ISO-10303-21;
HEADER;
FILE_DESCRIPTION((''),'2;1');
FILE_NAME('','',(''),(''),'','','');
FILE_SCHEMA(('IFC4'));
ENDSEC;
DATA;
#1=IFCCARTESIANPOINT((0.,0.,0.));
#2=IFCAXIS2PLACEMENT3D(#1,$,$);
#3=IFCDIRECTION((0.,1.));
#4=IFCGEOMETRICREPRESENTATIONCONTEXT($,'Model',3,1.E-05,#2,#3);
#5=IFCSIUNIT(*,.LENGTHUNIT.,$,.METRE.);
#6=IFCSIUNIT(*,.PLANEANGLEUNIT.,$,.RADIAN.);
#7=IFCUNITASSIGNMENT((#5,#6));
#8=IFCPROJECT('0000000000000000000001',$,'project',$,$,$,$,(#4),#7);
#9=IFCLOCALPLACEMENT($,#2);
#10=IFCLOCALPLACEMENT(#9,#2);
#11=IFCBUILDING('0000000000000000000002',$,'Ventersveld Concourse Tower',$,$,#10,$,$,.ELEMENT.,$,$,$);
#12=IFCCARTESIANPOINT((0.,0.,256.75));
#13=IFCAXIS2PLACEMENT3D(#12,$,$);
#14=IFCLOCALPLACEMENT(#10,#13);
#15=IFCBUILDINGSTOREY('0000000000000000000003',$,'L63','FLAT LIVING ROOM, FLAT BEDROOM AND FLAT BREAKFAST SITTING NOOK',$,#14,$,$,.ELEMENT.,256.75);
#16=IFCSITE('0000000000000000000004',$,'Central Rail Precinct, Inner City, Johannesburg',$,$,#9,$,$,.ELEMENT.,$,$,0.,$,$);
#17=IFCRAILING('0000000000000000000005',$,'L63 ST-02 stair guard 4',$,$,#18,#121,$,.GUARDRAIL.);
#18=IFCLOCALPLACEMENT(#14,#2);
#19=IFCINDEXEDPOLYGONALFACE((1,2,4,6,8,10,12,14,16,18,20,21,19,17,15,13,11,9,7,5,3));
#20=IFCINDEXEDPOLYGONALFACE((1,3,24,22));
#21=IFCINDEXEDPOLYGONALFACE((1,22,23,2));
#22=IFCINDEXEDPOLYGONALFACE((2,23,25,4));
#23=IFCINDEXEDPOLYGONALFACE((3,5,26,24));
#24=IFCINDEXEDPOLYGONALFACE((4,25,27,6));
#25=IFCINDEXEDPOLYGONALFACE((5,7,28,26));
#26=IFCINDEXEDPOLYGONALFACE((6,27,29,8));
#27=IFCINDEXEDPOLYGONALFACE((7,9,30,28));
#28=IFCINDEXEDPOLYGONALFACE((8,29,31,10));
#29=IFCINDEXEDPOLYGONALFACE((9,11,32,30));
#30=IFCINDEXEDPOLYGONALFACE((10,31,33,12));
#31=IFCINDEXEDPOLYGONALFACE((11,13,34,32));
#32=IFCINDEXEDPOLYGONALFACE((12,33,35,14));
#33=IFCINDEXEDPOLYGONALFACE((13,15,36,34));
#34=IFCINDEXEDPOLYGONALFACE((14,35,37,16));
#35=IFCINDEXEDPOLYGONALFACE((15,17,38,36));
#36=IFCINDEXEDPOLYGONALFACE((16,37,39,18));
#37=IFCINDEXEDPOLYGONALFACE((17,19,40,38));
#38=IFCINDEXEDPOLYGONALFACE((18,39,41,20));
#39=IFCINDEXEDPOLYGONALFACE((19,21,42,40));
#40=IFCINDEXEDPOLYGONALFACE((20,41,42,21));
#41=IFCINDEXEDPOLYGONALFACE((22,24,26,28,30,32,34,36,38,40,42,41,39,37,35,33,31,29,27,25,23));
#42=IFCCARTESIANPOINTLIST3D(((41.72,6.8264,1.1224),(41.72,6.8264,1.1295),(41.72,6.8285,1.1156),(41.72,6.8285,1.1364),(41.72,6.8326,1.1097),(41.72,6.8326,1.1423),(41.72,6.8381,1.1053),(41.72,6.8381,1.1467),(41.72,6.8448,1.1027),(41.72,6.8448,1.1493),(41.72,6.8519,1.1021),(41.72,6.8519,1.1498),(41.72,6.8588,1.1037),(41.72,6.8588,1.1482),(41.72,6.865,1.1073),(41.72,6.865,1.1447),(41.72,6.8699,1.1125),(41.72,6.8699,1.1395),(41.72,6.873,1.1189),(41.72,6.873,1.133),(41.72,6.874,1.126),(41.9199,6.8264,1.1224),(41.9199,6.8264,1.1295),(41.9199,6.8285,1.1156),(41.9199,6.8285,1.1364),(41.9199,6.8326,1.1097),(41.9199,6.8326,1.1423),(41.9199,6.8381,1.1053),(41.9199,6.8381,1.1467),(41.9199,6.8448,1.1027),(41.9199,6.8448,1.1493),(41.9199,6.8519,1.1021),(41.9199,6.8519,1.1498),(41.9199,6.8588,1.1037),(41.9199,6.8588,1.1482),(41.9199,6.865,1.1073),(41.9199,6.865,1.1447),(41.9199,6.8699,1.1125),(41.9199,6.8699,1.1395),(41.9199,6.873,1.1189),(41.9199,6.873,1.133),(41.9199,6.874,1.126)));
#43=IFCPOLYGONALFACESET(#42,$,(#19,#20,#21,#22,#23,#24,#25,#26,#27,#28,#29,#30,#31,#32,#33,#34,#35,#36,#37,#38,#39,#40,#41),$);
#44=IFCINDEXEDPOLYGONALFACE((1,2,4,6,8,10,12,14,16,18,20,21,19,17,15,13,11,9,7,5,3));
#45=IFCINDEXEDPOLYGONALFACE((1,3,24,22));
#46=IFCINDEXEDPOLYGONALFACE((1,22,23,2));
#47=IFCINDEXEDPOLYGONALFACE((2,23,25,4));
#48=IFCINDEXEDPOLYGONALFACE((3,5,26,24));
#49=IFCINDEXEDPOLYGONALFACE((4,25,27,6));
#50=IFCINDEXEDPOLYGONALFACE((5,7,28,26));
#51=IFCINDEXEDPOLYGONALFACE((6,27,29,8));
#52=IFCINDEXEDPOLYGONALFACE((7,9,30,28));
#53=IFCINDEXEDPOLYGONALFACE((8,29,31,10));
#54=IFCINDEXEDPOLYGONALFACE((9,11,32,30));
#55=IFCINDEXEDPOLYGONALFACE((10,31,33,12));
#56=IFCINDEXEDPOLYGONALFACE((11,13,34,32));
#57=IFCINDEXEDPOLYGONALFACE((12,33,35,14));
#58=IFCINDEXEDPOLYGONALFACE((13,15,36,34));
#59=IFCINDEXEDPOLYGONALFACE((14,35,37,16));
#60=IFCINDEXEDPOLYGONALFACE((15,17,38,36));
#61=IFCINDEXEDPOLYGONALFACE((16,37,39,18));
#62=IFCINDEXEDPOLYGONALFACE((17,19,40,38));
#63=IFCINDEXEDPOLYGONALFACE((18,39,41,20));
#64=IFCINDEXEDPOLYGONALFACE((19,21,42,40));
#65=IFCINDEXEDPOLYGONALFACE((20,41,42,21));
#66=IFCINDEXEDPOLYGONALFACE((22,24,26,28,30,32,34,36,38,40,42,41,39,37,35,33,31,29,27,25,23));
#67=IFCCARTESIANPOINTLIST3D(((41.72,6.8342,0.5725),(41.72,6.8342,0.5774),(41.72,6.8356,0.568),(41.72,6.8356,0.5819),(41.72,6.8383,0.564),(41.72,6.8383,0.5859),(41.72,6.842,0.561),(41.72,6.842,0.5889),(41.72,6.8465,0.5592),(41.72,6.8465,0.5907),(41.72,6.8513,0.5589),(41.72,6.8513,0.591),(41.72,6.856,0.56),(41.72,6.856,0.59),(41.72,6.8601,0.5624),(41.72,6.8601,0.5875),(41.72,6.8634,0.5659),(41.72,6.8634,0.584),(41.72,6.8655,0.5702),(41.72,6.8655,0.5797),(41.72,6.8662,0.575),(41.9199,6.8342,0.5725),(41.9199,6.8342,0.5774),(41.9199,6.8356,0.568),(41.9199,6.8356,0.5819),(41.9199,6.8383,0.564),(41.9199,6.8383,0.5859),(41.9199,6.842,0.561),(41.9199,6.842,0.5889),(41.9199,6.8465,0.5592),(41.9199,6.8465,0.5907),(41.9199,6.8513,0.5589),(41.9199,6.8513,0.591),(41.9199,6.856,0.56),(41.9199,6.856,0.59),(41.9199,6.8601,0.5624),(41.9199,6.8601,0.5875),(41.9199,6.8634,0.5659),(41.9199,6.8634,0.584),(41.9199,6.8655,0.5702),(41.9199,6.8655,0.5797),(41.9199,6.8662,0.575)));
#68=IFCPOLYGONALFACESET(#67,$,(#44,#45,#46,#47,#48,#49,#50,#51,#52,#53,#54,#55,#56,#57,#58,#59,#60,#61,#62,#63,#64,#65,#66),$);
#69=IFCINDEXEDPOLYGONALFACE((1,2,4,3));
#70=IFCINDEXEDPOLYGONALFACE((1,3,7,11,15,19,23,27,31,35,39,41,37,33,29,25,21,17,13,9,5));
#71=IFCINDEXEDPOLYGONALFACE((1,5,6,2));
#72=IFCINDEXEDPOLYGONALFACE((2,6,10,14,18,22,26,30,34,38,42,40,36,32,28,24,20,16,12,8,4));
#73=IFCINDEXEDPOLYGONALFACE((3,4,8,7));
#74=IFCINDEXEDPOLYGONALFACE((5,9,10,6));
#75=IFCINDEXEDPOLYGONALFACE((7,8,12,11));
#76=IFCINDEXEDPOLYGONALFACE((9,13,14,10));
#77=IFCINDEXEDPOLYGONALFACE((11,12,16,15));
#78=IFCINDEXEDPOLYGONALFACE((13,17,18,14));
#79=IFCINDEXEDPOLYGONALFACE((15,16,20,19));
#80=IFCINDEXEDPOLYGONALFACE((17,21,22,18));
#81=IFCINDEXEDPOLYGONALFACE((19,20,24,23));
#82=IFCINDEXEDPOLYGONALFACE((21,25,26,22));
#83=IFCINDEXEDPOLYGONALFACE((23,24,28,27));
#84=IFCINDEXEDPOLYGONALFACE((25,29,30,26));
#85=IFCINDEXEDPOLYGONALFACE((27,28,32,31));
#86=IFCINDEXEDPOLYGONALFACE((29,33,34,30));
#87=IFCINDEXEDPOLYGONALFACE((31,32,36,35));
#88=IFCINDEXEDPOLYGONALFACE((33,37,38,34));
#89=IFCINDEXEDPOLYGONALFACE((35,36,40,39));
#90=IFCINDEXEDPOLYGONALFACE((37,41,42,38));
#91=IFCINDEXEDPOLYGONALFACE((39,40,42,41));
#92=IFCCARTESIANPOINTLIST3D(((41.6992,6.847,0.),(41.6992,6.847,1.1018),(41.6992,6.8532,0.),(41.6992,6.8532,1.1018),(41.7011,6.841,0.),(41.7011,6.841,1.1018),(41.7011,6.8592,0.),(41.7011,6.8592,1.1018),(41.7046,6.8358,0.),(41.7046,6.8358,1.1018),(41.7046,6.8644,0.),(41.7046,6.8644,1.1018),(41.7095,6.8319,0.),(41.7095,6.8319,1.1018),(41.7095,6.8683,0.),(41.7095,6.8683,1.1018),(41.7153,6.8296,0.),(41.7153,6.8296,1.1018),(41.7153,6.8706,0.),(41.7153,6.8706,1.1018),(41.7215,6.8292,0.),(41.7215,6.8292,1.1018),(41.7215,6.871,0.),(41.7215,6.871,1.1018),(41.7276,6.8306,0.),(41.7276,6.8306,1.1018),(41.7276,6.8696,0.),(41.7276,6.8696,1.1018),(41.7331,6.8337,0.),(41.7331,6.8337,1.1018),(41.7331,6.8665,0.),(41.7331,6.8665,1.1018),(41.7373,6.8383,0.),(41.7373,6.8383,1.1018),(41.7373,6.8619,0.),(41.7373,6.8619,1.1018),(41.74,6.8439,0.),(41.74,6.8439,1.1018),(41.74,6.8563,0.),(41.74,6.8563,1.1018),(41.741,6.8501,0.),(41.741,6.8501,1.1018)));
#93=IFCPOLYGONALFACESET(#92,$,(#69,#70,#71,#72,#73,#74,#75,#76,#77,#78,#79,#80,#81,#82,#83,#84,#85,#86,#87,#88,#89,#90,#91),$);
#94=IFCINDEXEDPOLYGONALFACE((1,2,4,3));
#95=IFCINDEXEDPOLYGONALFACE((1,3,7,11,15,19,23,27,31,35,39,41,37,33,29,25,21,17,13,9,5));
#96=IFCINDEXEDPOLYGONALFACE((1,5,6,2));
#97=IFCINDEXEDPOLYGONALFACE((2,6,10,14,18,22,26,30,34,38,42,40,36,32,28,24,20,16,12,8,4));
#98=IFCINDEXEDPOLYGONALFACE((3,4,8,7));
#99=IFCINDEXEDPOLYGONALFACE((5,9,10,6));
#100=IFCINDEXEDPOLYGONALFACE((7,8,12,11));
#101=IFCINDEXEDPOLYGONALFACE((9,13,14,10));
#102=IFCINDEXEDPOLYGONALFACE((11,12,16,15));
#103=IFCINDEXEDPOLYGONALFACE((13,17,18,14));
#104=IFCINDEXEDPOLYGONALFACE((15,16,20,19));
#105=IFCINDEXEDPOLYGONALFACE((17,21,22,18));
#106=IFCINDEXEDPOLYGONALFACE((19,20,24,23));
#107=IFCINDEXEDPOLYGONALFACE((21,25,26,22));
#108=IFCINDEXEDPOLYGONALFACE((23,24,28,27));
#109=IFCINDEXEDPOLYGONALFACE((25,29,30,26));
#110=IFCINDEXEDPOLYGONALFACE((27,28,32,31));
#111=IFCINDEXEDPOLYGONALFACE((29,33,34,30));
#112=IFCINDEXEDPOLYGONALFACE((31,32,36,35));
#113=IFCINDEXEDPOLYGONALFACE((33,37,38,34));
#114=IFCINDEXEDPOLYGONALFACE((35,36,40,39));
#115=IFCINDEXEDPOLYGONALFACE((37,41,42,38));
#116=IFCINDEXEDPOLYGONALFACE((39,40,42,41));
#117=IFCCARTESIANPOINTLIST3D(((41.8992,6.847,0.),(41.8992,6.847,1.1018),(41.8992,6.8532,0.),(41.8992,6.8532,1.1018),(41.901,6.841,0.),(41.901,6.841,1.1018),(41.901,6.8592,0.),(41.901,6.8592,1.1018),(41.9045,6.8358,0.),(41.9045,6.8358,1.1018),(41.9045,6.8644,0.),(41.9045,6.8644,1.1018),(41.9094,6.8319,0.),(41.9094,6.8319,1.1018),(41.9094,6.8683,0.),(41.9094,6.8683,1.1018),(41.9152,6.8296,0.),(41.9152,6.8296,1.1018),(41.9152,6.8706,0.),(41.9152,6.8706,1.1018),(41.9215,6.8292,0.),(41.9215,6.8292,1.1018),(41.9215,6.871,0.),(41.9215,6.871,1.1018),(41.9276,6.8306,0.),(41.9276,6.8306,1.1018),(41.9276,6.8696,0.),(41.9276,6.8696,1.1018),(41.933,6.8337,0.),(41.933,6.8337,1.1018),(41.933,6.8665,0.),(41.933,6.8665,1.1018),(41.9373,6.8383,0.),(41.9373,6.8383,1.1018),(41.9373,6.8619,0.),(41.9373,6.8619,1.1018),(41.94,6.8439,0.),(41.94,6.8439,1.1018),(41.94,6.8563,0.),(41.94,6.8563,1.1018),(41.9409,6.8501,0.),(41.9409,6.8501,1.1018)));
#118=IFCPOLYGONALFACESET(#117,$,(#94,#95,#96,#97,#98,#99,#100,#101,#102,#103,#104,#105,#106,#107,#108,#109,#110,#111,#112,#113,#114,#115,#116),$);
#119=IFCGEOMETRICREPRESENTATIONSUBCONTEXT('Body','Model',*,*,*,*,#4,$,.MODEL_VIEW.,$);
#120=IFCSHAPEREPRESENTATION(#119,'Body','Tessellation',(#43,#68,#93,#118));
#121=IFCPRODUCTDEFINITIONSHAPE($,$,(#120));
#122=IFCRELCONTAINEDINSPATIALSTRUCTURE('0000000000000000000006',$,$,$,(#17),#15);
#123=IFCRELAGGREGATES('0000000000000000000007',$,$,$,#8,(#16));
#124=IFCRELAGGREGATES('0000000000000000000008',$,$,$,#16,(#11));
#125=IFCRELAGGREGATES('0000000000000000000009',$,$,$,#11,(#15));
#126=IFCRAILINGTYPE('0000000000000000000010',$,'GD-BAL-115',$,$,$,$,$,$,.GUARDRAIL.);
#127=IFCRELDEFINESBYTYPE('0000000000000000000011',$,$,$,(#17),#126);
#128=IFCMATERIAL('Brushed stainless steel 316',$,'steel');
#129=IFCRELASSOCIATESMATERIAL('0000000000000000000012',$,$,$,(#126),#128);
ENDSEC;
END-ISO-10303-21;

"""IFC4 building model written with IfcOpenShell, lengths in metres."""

from ifc_helpers import new_model, si_unit, direction, frame, origin, origin_2d, place, context, subcontext, project, spatial, circle, extrude, material, type_object, element, save


model = new_model("IFC4")

# Units and contexts
model_context = context("Model", 3, precision=1e-05, world=origin(), true_north=direction((0.0, 1.0)))
body_context = subcontext(model_context, "Body", "Model", "MODEL_VIEW")
ifc_project = project(units=[si_unit("LENGTHUNIT", "METRE"), si_unit("PLANEANGLEUNIT", "RADIAN")], contexts=[model_context])

# Site, building, storey
site_placement = place(None, origin())
site = spatial("IfcSite", under=ifc_project, at=site_placement, Name="Central Rail Precinct, Inner City, Johannesburg", CompositionType="ELEMENT", RefElevation=0.0)
building_placement = place(site_placement, origin())
building = spatial("IfcBuilding", under=site, at=building_placement, Name="Ventersveld Concourse Tower", CompositionType="ELEMENT")
storey_placement = place(building_placement, frame((0.0, 0.0, 256.75)))
storey = spatial("IfcBuildingStorey", under=building, at=storey_placement, Name="L63", Description="FLAT LIVING ROOM, FLAT BEDROOM AND FLAT BREAKFAST SITTING NOOK", CompositionType="ELEMENT", Elevation=256.75)

# Shared definitions
ifc_material_1 = material(Name="Brushed stainless steel 316", Category="steel")

# Railing
railing_type_1 = type_object("IfcRailingType", Name="GD-BAL-115", PredefinedType="GUARDRAIL", material=ifc_material_1)
railing_1_placement = place(storey_placement, frame((41.72, 6.8501, 0.0)))
element("IfcRailing", 1, at=railing_1_placement, inside=storey, type_object=railing_type_1, Name="L63 ST-02 stair guard 4", PredefinedType="GUARDRAIL", context=body_context, shape_type="SweptSolid", body=[
    extrude(circle(Radius=0.0239, at=origin_2d()), frame((0.0, 0.0, 1.126), z_axis=(1.0, 0.0, 0.0), x_axis=(0.0, 1.0, 0.0)), (0.0, 0.0, 1.0), 0.2),
    extrude(circle(Radius=0.0161, at=origin_2d()), frame((0.0, 0.0, 0.575), z_axis=(1.0, 0.0, 0.0), x_axis=(0.0, 1.0, 0.0)), (0.0, 0.0, 1.0), 0.2),
    extrude(circle(Radius=0.021, at=origin_2d()), origin(), (0.0, 0.0, 1.0), 1.1018),
    extrude(circle(Radius=0.021, at=origin_2d()), frame((0.2, 0.0, 0.0)), (0.0, 0.0, 1.0), 1.1018),
])

save(model, "model.ifc")
